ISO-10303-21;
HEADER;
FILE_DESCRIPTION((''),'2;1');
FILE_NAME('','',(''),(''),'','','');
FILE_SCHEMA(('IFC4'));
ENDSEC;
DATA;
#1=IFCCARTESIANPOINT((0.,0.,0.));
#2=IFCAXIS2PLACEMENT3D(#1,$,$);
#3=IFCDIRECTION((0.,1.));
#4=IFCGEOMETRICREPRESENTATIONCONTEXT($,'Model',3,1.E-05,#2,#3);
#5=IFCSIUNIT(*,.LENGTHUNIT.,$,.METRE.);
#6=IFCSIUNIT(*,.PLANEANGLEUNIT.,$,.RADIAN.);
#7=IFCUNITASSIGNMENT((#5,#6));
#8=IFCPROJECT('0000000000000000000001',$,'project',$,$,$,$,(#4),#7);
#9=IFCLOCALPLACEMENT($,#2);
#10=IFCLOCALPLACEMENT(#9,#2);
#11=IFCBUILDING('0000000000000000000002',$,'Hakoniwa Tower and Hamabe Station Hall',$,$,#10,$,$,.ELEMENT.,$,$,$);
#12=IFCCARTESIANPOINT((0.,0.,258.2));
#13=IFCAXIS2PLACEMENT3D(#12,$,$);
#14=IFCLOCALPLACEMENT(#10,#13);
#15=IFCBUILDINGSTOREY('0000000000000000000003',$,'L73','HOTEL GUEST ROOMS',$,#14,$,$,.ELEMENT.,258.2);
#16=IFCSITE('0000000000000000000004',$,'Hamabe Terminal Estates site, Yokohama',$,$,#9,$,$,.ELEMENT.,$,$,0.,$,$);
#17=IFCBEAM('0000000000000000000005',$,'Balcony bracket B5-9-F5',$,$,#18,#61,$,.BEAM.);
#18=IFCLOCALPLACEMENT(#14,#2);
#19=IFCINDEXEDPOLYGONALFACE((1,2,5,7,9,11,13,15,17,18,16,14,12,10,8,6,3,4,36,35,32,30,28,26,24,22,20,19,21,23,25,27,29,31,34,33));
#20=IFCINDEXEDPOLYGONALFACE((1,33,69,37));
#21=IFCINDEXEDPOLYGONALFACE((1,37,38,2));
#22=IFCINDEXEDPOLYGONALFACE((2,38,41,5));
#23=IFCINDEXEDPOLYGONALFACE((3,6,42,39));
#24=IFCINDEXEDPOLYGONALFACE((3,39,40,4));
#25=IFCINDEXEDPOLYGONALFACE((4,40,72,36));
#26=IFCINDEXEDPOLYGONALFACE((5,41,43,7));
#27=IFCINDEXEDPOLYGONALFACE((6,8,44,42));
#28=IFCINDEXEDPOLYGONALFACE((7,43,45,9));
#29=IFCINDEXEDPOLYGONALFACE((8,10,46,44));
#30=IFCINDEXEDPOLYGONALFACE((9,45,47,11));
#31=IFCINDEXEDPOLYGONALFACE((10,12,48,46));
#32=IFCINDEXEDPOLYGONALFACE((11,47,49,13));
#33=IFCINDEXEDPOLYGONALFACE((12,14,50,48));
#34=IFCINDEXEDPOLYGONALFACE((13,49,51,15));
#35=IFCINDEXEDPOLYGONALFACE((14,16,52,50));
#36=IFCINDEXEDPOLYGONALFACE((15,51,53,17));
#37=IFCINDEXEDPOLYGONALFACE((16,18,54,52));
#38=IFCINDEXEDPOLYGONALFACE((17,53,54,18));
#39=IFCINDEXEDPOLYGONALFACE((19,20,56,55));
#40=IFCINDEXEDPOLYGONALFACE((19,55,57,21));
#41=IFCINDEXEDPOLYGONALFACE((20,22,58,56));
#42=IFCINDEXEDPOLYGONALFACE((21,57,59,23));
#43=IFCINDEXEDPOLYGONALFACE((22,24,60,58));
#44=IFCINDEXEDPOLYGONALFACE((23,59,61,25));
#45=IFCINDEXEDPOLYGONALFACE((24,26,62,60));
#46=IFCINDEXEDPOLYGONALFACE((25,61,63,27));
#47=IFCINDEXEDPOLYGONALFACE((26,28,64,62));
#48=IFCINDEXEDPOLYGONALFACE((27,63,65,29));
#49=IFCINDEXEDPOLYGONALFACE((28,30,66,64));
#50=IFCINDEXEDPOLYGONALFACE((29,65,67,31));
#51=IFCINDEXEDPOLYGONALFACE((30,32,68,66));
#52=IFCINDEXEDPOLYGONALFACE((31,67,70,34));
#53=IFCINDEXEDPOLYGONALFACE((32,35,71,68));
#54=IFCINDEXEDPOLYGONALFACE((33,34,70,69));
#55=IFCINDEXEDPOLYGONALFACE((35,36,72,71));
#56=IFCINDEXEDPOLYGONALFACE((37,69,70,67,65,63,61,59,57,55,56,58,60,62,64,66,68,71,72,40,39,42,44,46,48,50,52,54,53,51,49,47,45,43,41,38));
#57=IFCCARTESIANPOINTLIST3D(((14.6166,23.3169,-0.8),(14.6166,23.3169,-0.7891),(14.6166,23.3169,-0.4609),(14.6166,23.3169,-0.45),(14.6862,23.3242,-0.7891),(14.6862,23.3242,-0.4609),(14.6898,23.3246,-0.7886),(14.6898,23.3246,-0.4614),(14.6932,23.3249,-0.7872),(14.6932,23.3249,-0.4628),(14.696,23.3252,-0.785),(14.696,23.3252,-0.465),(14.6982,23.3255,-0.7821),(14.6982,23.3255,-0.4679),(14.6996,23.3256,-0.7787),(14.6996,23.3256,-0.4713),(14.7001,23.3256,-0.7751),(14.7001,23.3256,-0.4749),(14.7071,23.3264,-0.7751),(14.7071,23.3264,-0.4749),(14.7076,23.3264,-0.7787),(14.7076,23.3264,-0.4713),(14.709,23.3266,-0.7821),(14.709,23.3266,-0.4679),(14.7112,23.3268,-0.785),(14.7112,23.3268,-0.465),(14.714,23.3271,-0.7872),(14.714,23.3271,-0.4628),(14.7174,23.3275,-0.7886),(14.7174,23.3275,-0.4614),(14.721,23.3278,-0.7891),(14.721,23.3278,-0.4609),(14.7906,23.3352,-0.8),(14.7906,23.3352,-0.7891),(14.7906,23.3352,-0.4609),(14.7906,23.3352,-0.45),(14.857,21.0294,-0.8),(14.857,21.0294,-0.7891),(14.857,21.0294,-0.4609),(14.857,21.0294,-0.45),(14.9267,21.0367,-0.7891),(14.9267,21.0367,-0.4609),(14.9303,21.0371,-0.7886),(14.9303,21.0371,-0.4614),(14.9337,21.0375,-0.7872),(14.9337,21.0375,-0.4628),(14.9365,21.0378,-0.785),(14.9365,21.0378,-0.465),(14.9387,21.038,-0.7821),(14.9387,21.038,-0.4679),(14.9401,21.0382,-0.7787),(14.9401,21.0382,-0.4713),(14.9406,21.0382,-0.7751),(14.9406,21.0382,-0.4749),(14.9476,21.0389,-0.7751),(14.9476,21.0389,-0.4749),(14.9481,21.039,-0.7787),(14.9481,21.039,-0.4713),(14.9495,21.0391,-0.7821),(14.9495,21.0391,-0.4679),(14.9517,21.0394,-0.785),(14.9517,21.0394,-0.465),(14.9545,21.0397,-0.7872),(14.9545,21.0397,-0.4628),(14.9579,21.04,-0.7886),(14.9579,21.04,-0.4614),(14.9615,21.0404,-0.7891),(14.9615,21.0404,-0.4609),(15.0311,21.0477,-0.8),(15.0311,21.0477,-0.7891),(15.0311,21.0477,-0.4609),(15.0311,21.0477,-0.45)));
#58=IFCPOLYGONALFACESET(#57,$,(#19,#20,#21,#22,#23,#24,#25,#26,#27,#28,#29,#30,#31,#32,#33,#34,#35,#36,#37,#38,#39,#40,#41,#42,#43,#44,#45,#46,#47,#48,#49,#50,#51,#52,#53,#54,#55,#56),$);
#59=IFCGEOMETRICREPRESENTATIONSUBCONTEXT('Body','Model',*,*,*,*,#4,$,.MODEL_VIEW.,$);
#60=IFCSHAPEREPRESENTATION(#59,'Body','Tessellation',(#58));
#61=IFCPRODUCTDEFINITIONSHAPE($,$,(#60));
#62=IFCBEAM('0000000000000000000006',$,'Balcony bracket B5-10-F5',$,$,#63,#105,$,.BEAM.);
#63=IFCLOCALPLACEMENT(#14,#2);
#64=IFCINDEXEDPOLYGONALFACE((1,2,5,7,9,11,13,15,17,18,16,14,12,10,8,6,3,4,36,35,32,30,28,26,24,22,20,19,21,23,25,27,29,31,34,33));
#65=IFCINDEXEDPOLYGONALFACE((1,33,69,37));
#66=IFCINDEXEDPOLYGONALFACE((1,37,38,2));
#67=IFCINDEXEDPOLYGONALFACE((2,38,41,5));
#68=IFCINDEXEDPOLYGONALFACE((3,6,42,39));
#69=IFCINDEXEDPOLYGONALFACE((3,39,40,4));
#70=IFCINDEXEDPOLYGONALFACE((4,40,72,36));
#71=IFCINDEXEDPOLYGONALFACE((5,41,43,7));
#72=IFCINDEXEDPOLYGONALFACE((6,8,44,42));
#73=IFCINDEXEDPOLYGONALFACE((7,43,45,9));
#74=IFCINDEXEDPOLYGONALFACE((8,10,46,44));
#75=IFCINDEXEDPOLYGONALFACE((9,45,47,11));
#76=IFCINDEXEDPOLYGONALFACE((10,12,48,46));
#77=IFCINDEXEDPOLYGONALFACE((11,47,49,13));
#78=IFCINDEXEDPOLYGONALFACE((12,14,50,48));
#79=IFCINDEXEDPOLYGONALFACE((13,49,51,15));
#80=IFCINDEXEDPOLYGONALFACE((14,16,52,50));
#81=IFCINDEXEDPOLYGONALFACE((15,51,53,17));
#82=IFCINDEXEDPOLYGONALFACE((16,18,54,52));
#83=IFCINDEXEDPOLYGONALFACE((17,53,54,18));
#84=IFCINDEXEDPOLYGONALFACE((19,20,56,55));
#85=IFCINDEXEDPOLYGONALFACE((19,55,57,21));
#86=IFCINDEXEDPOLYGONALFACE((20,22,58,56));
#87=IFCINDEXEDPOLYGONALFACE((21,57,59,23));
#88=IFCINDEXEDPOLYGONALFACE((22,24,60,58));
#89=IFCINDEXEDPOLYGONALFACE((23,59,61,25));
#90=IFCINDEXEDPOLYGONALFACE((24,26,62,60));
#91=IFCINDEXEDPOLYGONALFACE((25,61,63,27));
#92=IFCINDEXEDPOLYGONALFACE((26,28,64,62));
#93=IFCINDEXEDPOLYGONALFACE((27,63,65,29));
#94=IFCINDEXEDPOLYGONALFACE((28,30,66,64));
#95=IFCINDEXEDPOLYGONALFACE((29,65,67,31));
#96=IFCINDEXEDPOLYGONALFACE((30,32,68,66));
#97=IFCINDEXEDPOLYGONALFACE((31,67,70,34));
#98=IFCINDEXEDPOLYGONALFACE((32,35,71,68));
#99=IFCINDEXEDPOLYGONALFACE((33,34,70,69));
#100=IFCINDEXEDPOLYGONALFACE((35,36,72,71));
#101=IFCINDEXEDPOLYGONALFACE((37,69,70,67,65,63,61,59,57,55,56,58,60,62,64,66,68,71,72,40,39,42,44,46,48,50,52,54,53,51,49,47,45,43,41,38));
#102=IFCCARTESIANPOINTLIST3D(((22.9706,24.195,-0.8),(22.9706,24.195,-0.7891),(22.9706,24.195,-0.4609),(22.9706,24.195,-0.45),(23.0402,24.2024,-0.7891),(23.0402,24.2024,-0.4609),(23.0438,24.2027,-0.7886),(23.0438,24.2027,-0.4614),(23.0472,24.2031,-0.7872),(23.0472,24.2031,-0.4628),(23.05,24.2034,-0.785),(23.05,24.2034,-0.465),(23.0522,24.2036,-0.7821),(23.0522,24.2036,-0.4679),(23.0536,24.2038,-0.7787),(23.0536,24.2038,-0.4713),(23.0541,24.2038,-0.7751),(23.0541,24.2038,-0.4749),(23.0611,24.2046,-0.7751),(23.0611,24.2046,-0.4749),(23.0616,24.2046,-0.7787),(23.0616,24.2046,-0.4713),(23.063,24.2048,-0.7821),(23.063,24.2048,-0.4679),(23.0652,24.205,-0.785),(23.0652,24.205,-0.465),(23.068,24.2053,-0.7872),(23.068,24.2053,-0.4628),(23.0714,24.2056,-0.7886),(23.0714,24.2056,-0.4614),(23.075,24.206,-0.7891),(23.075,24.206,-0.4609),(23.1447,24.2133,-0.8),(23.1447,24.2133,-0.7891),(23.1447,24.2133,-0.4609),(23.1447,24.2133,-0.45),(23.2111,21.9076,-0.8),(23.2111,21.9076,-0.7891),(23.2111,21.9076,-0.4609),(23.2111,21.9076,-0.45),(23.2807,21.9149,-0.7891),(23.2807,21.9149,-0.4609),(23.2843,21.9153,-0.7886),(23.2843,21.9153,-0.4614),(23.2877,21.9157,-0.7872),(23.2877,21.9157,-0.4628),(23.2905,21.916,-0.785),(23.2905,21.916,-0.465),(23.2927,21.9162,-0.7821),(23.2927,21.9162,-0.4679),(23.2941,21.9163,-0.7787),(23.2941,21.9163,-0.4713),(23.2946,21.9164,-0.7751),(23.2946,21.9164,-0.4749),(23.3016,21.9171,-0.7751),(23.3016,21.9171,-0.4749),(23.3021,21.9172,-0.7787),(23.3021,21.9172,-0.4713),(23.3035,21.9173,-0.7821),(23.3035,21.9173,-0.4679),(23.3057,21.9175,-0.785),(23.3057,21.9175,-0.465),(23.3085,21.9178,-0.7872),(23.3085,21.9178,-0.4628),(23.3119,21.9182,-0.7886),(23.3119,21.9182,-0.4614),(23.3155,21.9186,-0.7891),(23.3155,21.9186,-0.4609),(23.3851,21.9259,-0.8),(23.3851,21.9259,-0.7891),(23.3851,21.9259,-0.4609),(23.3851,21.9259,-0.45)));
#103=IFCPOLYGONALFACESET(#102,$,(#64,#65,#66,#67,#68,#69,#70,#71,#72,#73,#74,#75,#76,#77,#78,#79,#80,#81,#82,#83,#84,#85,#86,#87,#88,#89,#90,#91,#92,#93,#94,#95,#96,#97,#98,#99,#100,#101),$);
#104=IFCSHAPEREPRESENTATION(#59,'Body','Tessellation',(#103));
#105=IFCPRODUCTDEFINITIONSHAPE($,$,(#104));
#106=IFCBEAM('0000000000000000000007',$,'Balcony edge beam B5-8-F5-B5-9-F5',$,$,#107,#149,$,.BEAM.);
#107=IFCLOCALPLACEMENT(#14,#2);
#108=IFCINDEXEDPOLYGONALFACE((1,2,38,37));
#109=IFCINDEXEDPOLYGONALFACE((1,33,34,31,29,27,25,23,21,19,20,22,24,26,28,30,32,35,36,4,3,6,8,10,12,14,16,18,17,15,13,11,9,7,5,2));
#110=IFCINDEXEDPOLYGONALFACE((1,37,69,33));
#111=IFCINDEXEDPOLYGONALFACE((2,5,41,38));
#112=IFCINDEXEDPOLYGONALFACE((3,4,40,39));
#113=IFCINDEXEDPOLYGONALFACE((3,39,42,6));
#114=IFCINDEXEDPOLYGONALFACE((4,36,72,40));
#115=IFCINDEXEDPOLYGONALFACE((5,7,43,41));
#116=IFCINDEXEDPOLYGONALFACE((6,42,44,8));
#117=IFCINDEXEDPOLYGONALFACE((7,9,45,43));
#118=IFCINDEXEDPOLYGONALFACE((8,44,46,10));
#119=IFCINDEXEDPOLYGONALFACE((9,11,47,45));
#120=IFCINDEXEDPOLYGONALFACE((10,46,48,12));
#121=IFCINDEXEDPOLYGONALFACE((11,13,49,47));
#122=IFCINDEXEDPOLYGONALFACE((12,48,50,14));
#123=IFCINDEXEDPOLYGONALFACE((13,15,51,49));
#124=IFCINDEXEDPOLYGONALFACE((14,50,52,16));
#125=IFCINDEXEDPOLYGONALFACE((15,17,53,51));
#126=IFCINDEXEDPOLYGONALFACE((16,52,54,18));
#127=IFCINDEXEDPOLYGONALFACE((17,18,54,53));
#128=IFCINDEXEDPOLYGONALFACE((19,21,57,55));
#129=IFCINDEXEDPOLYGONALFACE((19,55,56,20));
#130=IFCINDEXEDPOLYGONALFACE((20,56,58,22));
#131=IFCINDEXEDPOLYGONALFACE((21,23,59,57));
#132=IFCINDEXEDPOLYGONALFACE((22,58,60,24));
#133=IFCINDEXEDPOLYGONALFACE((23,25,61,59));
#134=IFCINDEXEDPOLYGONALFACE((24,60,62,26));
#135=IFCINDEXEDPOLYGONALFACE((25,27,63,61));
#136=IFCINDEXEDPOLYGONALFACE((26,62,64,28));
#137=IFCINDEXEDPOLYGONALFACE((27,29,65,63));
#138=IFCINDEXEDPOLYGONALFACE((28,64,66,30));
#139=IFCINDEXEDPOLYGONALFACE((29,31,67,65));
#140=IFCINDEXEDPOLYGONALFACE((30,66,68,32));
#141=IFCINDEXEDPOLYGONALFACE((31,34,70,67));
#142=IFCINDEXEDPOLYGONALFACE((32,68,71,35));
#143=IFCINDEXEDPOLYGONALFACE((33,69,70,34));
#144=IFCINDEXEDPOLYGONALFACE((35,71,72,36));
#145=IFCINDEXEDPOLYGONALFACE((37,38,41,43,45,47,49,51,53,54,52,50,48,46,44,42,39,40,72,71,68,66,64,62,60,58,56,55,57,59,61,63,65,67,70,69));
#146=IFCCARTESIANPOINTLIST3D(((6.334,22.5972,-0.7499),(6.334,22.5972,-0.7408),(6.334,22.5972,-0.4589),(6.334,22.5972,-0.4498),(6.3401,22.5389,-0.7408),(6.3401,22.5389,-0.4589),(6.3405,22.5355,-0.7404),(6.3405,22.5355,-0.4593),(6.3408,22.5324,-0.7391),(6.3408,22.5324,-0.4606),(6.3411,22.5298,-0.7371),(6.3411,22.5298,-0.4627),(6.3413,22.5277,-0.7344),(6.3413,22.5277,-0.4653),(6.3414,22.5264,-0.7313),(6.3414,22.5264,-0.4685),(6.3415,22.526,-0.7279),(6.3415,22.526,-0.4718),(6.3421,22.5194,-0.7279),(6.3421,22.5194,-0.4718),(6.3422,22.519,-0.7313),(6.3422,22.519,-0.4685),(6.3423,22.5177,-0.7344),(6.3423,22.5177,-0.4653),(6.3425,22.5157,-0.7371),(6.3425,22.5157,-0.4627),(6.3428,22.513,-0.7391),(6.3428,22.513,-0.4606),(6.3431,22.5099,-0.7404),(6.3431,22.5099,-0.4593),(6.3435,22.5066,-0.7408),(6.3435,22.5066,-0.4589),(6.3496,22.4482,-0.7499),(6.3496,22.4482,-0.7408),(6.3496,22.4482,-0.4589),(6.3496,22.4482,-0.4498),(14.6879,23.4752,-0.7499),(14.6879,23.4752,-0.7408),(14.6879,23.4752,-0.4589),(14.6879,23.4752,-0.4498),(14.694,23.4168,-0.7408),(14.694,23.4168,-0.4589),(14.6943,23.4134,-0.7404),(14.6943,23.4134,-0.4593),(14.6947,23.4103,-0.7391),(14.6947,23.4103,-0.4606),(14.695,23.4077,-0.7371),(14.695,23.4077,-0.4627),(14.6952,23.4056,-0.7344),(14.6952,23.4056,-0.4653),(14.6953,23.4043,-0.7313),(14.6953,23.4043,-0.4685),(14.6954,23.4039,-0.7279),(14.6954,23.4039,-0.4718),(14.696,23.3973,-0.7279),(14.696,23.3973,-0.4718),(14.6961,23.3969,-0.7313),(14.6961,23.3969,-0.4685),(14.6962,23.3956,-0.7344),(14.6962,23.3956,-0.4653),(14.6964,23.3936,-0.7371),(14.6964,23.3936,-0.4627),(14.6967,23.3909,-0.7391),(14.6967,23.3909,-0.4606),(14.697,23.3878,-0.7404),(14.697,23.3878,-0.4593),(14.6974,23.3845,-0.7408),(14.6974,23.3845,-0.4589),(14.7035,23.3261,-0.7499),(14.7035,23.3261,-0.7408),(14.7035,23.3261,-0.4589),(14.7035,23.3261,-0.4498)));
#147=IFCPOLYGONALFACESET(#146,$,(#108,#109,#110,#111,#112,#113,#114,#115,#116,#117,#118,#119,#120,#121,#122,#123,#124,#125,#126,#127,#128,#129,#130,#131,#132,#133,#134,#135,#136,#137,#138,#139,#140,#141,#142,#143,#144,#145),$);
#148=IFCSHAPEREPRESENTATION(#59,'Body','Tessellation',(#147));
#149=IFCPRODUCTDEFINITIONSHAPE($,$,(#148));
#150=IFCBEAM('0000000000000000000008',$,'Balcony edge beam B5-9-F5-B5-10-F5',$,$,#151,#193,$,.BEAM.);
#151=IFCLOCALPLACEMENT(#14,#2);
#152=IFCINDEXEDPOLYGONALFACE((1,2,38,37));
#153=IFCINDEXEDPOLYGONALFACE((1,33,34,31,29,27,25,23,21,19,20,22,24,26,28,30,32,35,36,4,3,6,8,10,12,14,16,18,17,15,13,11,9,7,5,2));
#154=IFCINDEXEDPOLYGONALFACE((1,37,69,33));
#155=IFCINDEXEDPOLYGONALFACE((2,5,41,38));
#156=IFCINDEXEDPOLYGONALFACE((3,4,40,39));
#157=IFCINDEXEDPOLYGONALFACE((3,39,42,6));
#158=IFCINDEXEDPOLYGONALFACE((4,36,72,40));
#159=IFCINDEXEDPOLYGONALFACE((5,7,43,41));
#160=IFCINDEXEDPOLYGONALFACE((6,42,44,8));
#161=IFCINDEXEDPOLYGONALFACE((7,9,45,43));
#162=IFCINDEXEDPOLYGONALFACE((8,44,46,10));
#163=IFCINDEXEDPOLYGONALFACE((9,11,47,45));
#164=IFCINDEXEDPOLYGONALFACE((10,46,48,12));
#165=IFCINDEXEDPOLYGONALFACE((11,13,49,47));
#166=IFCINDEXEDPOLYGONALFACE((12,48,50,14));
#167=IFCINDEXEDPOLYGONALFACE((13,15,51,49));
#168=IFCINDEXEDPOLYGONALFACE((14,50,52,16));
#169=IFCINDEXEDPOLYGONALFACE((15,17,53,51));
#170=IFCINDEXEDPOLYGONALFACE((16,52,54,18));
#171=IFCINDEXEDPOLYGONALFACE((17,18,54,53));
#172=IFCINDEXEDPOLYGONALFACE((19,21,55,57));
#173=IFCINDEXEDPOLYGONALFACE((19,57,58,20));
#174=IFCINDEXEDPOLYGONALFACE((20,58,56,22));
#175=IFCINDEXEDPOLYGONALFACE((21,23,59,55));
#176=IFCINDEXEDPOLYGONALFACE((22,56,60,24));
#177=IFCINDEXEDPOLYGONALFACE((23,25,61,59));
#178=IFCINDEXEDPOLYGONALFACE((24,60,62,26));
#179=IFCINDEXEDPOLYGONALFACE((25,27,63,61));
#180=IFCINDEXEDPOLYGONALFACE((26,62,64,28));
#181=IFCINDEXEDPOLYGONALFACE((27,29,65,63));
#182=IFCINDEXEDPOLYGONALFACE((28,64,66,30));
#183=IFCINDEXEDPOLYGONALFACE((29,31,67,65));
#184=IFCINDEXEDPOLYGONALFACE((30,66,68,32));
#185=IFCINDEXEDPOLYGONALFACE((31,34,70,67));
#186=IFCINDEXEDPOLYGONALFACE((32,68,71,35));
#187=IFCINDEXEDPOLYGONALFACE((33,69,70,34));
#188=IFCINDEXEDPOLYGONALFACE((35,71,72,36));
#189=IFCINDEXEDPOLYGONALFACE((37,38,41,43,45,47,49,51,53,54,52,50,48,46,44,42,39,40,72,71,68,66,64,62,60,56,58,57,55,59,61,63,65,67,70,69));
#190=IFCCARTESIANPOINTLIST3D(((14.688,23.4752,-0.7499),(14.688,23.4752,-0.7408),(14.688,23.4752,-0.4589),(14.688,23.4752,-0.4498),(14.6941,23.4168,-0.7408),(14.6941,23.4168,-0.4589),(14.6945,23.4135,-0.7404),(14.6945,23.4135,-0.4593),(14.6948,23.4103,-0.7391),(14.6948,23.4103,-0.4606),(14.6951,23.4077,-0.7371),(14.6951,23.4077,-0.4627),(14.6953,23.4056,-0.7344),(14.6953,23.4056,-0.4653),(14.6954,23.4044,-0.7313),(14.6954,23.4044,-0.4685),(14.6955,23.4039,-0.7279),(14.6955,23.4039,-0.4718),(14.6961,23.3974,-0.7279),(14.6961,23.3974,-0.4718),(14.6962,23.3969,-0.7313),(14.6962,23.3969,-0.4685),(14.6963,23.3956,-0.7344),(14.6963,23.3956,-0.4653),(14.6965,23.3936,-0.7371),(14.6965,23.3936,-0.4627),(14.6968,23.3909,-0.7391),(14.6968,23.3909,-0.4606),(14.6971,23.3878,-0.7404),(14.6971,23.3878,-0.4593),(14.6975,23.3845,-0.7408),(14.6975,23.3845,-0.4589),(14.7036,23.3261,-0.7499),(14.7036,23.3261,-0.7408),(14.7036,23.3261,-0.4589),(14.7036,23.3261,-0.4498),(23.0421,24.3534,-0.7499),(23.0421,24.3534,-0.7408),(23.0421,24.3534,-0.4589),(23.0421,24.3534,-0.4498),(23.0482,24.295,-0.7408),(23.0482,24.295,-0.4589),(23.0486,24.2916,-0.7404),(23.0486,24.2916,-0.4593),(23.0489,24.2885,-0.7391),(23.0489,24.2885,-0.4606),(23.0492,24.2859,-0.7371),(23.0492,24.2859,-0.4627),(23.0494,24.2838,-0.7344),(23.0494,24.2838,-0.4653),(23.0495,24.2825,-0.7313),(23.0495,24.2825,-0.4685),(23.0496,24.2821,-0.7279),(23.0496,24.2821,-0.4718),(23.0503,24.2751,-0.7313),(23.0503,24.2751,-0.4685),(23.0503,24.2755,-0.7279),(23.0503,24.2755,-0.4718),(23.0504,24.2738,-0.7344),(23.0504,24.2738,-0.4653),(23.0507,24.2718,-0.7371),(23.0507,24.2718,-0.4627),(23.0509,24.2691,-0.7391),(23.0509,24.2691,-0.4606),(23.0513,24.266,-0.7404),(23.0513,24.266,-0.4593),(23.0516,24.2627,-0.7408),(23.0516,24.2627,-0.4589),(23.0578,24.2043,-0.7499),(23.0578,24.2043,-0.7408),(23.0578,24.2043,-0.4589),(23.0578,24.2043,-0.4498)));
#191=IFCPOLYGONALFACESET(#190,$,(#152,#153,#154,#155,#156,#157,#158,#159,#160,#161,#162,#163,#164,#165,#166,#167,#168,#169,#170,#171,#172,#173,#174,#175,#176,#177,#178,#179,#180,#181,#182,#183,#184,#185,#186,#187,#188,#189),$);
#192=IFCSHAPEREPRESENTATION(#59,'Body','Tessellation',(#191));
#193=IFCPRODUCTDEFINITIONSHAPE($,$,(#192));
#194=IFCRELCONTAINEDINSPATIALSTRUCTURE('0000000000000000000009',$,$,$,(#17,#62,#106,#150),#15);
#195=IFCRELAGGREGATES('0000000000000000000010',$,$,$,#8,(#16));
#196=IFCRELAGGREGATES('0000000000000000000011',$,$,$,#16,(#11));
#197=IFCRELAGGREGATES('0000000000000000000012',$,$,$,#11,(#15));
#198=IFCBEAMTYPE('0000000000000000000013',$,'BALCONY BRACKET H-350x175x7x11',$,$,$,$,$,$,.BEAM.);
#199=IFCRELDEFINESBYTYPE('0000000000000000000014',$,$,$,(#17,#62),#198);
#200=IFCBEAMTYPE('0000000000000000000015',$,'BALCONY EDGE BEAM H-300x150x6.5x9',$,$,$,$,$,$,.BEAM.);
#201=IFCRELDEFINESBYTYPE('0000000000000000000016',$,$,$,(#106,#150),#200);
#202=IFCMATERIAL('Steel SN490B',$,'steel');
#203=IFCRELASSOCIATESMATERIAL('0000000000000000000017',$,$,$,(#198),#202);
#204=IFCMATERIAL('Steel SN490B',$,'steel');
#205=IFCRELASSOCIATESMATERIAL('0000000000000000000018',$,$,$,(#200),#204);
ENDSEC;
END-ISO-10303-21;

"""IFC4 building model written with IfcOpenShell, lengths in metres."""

from ifc_helpers import new_model, si_unit, direction, frame, origin, origin_2d, place, context, subcontext, project, spatial, i_section, extrude, material, material_profile, profile_set, type_object, element, save


model = new_model("IFC4")

# Units and contexts
model_context = context("Model", 3, precision=1e-05, world=origin(), true_north=direction((0.0, 1.0)))
body_context = subcontext(model_context, "Body", "Model", "MODEL_VIEW")
ifc_project = project(units=[si_unit("LENGTHUNIT", "METRE"), si_unit("PLANEANGLEUNIT", "RADIAN")], contexts=[model_context])

# Site, building, storey
site_placement = place(None, origin())
site = spatial("IfcSite", under=ifc_project, at=site_placement, Name="Hamabe Terminal Estates site, Yokohama", CompositionType="ELEMENT", RefElevation=0.0)
building_placement = place(site_placement, origin())
building = spatial("IfcBuilding", under=site, at=building_placement, Name="Hakoniwa Tower and Hamabe Station Hall", CompositionType="ELEMENT")
storey_placement = place(building_placement, frame((0.0, 0.0, 258.2)))
storey = spatial("IfcBuildingStorey", under=building, at=storey_placement, Name="L73", Description="HOTEL GUEST ROOMS", CompositionType="ELEMENT", Elevation=258.2)

# Beams
ifc_material_1 = material(Name="Steel SN490B", Category="steel")
ifc_material_profile_1 = material_profile(ifc_material_1, i_section(OverallWidth=0.175, OverallDepth=0.3501, WebThickness=0.0071, FlangeThickness=0.011, FilletRadius=0.0139, at=origin_2d()), Name="H-350x175x7x11")
ifc_profile_set_1 = profile_set([ifc_material_profile_1], Name="Steel SN490B")
beam_type_1 = type_object("IfcBeamType", Name="BALCONY BRACKET H-350x175x7x11", PredefinedType="BEAM", material=ifc_profile_set_1)
for number, where, z_axis, x_axis, name in (
    (1, (14.9441, 21.0386, -0.625), (-0.104558, 0.994519, 0.0), (-0.994519, -0.104558, 0.0), "Balcony bracket B5-9-F5"),
    (2, (23.2981, 21.9167, -0.625), (-0.104558, 0.994519, 0.0), (-0.994519, -0.104558, 0.0), "Balcony bracket B5-10-F5"),
):
    element("IfcBeam", number, at=place(storey_placement, frame(where, z_axis=z_axis, x_axis=x_axis)), inside=storey, type_object=beam_type_1, Name=name, PredefinedType="BEAM", context=body_context, shape_type="SweptSolid", body=[
        extrude(i_section(OverallWidth=0.175, OverallDepth=0.3501, WebThickness=0.0071, FlangeThickness=0.011, FilletRadius=0.0139, at=origin_2d()), origin(), (0.0, 0.0, 1.0), 2.3),
    ])
ifc_material_2 = material(Name="Steel SN490B", Category="steel")
ifc_material_profile_2 = material_profile(ifc_material_2, i_section(OverallWidth=0.1499, OverallDepth=0.3, WebThickness=0.0066, FlangeThickness=0.009, FilletRadius=0.0129, at=origin_2d()), Name="H-300x150x6.5x9")
ifc_profile_set_2 = profile_set([ifc_material_profile_2], Name="Steel SN490B")
beam_type_2 = type_object("IfcBeamType", Name="BALCONY EDGE BEAM H-300x150x6.5x9", PredefinedType="BEAM", material=ifc_profile_set_2)
beam_1_placement = place(storey_placement, frame((6.3418, 22.5227, -0.5999), z_axis=(0.994523, 0.104515, 0.0), x_axis=(-0.104515, 0.994523, 0.0)))
element("IfcBeam", 3, at=beam_1_placement, inside=storey, type_object=beam_type_2, Name="Balcony edge beam B5-8-F5-B5-9-F5", PredefinedType="BEAM", context=body_context, shape_type="SweptSolid", body=[
    extrude(i_section(OverallWidth=0.1499, OverallDepth=0.3, WebThickness=0.0066, FlangeThickness=0.009, FilletRadius=0.0129, at=origin_2d()), origin(), (0.0, 0.0, 1.0), 8.3999),
])
beam_2_placement = place(storey_placement, frame((14.6958, 23.4006, -0.5999), z_axis=(0.99452, 0.104544, 0.0), x_axis=(-0.104544, 0.99452, 0.0)))
element("IfcBeam", 4, at=beam_2_placement, inside=storey, type_object=beam_type_2, Name="Balcony edge beam B5-9-F5-B5-10-F5", PredefinedType="BEAM", context=body_context, shape_type="SweptSolid", body=[
    extrude(i_section(OverallWidth=0.1499, OverallDepth=0.3, WebThickness=0.0066, FlangeThickness=0.009, FilletRadius=0.0129, at=origin_2d()), origin(), (0.0, 0.0, 1.0), 8.4001),
])

save(model, "model.ifc")
